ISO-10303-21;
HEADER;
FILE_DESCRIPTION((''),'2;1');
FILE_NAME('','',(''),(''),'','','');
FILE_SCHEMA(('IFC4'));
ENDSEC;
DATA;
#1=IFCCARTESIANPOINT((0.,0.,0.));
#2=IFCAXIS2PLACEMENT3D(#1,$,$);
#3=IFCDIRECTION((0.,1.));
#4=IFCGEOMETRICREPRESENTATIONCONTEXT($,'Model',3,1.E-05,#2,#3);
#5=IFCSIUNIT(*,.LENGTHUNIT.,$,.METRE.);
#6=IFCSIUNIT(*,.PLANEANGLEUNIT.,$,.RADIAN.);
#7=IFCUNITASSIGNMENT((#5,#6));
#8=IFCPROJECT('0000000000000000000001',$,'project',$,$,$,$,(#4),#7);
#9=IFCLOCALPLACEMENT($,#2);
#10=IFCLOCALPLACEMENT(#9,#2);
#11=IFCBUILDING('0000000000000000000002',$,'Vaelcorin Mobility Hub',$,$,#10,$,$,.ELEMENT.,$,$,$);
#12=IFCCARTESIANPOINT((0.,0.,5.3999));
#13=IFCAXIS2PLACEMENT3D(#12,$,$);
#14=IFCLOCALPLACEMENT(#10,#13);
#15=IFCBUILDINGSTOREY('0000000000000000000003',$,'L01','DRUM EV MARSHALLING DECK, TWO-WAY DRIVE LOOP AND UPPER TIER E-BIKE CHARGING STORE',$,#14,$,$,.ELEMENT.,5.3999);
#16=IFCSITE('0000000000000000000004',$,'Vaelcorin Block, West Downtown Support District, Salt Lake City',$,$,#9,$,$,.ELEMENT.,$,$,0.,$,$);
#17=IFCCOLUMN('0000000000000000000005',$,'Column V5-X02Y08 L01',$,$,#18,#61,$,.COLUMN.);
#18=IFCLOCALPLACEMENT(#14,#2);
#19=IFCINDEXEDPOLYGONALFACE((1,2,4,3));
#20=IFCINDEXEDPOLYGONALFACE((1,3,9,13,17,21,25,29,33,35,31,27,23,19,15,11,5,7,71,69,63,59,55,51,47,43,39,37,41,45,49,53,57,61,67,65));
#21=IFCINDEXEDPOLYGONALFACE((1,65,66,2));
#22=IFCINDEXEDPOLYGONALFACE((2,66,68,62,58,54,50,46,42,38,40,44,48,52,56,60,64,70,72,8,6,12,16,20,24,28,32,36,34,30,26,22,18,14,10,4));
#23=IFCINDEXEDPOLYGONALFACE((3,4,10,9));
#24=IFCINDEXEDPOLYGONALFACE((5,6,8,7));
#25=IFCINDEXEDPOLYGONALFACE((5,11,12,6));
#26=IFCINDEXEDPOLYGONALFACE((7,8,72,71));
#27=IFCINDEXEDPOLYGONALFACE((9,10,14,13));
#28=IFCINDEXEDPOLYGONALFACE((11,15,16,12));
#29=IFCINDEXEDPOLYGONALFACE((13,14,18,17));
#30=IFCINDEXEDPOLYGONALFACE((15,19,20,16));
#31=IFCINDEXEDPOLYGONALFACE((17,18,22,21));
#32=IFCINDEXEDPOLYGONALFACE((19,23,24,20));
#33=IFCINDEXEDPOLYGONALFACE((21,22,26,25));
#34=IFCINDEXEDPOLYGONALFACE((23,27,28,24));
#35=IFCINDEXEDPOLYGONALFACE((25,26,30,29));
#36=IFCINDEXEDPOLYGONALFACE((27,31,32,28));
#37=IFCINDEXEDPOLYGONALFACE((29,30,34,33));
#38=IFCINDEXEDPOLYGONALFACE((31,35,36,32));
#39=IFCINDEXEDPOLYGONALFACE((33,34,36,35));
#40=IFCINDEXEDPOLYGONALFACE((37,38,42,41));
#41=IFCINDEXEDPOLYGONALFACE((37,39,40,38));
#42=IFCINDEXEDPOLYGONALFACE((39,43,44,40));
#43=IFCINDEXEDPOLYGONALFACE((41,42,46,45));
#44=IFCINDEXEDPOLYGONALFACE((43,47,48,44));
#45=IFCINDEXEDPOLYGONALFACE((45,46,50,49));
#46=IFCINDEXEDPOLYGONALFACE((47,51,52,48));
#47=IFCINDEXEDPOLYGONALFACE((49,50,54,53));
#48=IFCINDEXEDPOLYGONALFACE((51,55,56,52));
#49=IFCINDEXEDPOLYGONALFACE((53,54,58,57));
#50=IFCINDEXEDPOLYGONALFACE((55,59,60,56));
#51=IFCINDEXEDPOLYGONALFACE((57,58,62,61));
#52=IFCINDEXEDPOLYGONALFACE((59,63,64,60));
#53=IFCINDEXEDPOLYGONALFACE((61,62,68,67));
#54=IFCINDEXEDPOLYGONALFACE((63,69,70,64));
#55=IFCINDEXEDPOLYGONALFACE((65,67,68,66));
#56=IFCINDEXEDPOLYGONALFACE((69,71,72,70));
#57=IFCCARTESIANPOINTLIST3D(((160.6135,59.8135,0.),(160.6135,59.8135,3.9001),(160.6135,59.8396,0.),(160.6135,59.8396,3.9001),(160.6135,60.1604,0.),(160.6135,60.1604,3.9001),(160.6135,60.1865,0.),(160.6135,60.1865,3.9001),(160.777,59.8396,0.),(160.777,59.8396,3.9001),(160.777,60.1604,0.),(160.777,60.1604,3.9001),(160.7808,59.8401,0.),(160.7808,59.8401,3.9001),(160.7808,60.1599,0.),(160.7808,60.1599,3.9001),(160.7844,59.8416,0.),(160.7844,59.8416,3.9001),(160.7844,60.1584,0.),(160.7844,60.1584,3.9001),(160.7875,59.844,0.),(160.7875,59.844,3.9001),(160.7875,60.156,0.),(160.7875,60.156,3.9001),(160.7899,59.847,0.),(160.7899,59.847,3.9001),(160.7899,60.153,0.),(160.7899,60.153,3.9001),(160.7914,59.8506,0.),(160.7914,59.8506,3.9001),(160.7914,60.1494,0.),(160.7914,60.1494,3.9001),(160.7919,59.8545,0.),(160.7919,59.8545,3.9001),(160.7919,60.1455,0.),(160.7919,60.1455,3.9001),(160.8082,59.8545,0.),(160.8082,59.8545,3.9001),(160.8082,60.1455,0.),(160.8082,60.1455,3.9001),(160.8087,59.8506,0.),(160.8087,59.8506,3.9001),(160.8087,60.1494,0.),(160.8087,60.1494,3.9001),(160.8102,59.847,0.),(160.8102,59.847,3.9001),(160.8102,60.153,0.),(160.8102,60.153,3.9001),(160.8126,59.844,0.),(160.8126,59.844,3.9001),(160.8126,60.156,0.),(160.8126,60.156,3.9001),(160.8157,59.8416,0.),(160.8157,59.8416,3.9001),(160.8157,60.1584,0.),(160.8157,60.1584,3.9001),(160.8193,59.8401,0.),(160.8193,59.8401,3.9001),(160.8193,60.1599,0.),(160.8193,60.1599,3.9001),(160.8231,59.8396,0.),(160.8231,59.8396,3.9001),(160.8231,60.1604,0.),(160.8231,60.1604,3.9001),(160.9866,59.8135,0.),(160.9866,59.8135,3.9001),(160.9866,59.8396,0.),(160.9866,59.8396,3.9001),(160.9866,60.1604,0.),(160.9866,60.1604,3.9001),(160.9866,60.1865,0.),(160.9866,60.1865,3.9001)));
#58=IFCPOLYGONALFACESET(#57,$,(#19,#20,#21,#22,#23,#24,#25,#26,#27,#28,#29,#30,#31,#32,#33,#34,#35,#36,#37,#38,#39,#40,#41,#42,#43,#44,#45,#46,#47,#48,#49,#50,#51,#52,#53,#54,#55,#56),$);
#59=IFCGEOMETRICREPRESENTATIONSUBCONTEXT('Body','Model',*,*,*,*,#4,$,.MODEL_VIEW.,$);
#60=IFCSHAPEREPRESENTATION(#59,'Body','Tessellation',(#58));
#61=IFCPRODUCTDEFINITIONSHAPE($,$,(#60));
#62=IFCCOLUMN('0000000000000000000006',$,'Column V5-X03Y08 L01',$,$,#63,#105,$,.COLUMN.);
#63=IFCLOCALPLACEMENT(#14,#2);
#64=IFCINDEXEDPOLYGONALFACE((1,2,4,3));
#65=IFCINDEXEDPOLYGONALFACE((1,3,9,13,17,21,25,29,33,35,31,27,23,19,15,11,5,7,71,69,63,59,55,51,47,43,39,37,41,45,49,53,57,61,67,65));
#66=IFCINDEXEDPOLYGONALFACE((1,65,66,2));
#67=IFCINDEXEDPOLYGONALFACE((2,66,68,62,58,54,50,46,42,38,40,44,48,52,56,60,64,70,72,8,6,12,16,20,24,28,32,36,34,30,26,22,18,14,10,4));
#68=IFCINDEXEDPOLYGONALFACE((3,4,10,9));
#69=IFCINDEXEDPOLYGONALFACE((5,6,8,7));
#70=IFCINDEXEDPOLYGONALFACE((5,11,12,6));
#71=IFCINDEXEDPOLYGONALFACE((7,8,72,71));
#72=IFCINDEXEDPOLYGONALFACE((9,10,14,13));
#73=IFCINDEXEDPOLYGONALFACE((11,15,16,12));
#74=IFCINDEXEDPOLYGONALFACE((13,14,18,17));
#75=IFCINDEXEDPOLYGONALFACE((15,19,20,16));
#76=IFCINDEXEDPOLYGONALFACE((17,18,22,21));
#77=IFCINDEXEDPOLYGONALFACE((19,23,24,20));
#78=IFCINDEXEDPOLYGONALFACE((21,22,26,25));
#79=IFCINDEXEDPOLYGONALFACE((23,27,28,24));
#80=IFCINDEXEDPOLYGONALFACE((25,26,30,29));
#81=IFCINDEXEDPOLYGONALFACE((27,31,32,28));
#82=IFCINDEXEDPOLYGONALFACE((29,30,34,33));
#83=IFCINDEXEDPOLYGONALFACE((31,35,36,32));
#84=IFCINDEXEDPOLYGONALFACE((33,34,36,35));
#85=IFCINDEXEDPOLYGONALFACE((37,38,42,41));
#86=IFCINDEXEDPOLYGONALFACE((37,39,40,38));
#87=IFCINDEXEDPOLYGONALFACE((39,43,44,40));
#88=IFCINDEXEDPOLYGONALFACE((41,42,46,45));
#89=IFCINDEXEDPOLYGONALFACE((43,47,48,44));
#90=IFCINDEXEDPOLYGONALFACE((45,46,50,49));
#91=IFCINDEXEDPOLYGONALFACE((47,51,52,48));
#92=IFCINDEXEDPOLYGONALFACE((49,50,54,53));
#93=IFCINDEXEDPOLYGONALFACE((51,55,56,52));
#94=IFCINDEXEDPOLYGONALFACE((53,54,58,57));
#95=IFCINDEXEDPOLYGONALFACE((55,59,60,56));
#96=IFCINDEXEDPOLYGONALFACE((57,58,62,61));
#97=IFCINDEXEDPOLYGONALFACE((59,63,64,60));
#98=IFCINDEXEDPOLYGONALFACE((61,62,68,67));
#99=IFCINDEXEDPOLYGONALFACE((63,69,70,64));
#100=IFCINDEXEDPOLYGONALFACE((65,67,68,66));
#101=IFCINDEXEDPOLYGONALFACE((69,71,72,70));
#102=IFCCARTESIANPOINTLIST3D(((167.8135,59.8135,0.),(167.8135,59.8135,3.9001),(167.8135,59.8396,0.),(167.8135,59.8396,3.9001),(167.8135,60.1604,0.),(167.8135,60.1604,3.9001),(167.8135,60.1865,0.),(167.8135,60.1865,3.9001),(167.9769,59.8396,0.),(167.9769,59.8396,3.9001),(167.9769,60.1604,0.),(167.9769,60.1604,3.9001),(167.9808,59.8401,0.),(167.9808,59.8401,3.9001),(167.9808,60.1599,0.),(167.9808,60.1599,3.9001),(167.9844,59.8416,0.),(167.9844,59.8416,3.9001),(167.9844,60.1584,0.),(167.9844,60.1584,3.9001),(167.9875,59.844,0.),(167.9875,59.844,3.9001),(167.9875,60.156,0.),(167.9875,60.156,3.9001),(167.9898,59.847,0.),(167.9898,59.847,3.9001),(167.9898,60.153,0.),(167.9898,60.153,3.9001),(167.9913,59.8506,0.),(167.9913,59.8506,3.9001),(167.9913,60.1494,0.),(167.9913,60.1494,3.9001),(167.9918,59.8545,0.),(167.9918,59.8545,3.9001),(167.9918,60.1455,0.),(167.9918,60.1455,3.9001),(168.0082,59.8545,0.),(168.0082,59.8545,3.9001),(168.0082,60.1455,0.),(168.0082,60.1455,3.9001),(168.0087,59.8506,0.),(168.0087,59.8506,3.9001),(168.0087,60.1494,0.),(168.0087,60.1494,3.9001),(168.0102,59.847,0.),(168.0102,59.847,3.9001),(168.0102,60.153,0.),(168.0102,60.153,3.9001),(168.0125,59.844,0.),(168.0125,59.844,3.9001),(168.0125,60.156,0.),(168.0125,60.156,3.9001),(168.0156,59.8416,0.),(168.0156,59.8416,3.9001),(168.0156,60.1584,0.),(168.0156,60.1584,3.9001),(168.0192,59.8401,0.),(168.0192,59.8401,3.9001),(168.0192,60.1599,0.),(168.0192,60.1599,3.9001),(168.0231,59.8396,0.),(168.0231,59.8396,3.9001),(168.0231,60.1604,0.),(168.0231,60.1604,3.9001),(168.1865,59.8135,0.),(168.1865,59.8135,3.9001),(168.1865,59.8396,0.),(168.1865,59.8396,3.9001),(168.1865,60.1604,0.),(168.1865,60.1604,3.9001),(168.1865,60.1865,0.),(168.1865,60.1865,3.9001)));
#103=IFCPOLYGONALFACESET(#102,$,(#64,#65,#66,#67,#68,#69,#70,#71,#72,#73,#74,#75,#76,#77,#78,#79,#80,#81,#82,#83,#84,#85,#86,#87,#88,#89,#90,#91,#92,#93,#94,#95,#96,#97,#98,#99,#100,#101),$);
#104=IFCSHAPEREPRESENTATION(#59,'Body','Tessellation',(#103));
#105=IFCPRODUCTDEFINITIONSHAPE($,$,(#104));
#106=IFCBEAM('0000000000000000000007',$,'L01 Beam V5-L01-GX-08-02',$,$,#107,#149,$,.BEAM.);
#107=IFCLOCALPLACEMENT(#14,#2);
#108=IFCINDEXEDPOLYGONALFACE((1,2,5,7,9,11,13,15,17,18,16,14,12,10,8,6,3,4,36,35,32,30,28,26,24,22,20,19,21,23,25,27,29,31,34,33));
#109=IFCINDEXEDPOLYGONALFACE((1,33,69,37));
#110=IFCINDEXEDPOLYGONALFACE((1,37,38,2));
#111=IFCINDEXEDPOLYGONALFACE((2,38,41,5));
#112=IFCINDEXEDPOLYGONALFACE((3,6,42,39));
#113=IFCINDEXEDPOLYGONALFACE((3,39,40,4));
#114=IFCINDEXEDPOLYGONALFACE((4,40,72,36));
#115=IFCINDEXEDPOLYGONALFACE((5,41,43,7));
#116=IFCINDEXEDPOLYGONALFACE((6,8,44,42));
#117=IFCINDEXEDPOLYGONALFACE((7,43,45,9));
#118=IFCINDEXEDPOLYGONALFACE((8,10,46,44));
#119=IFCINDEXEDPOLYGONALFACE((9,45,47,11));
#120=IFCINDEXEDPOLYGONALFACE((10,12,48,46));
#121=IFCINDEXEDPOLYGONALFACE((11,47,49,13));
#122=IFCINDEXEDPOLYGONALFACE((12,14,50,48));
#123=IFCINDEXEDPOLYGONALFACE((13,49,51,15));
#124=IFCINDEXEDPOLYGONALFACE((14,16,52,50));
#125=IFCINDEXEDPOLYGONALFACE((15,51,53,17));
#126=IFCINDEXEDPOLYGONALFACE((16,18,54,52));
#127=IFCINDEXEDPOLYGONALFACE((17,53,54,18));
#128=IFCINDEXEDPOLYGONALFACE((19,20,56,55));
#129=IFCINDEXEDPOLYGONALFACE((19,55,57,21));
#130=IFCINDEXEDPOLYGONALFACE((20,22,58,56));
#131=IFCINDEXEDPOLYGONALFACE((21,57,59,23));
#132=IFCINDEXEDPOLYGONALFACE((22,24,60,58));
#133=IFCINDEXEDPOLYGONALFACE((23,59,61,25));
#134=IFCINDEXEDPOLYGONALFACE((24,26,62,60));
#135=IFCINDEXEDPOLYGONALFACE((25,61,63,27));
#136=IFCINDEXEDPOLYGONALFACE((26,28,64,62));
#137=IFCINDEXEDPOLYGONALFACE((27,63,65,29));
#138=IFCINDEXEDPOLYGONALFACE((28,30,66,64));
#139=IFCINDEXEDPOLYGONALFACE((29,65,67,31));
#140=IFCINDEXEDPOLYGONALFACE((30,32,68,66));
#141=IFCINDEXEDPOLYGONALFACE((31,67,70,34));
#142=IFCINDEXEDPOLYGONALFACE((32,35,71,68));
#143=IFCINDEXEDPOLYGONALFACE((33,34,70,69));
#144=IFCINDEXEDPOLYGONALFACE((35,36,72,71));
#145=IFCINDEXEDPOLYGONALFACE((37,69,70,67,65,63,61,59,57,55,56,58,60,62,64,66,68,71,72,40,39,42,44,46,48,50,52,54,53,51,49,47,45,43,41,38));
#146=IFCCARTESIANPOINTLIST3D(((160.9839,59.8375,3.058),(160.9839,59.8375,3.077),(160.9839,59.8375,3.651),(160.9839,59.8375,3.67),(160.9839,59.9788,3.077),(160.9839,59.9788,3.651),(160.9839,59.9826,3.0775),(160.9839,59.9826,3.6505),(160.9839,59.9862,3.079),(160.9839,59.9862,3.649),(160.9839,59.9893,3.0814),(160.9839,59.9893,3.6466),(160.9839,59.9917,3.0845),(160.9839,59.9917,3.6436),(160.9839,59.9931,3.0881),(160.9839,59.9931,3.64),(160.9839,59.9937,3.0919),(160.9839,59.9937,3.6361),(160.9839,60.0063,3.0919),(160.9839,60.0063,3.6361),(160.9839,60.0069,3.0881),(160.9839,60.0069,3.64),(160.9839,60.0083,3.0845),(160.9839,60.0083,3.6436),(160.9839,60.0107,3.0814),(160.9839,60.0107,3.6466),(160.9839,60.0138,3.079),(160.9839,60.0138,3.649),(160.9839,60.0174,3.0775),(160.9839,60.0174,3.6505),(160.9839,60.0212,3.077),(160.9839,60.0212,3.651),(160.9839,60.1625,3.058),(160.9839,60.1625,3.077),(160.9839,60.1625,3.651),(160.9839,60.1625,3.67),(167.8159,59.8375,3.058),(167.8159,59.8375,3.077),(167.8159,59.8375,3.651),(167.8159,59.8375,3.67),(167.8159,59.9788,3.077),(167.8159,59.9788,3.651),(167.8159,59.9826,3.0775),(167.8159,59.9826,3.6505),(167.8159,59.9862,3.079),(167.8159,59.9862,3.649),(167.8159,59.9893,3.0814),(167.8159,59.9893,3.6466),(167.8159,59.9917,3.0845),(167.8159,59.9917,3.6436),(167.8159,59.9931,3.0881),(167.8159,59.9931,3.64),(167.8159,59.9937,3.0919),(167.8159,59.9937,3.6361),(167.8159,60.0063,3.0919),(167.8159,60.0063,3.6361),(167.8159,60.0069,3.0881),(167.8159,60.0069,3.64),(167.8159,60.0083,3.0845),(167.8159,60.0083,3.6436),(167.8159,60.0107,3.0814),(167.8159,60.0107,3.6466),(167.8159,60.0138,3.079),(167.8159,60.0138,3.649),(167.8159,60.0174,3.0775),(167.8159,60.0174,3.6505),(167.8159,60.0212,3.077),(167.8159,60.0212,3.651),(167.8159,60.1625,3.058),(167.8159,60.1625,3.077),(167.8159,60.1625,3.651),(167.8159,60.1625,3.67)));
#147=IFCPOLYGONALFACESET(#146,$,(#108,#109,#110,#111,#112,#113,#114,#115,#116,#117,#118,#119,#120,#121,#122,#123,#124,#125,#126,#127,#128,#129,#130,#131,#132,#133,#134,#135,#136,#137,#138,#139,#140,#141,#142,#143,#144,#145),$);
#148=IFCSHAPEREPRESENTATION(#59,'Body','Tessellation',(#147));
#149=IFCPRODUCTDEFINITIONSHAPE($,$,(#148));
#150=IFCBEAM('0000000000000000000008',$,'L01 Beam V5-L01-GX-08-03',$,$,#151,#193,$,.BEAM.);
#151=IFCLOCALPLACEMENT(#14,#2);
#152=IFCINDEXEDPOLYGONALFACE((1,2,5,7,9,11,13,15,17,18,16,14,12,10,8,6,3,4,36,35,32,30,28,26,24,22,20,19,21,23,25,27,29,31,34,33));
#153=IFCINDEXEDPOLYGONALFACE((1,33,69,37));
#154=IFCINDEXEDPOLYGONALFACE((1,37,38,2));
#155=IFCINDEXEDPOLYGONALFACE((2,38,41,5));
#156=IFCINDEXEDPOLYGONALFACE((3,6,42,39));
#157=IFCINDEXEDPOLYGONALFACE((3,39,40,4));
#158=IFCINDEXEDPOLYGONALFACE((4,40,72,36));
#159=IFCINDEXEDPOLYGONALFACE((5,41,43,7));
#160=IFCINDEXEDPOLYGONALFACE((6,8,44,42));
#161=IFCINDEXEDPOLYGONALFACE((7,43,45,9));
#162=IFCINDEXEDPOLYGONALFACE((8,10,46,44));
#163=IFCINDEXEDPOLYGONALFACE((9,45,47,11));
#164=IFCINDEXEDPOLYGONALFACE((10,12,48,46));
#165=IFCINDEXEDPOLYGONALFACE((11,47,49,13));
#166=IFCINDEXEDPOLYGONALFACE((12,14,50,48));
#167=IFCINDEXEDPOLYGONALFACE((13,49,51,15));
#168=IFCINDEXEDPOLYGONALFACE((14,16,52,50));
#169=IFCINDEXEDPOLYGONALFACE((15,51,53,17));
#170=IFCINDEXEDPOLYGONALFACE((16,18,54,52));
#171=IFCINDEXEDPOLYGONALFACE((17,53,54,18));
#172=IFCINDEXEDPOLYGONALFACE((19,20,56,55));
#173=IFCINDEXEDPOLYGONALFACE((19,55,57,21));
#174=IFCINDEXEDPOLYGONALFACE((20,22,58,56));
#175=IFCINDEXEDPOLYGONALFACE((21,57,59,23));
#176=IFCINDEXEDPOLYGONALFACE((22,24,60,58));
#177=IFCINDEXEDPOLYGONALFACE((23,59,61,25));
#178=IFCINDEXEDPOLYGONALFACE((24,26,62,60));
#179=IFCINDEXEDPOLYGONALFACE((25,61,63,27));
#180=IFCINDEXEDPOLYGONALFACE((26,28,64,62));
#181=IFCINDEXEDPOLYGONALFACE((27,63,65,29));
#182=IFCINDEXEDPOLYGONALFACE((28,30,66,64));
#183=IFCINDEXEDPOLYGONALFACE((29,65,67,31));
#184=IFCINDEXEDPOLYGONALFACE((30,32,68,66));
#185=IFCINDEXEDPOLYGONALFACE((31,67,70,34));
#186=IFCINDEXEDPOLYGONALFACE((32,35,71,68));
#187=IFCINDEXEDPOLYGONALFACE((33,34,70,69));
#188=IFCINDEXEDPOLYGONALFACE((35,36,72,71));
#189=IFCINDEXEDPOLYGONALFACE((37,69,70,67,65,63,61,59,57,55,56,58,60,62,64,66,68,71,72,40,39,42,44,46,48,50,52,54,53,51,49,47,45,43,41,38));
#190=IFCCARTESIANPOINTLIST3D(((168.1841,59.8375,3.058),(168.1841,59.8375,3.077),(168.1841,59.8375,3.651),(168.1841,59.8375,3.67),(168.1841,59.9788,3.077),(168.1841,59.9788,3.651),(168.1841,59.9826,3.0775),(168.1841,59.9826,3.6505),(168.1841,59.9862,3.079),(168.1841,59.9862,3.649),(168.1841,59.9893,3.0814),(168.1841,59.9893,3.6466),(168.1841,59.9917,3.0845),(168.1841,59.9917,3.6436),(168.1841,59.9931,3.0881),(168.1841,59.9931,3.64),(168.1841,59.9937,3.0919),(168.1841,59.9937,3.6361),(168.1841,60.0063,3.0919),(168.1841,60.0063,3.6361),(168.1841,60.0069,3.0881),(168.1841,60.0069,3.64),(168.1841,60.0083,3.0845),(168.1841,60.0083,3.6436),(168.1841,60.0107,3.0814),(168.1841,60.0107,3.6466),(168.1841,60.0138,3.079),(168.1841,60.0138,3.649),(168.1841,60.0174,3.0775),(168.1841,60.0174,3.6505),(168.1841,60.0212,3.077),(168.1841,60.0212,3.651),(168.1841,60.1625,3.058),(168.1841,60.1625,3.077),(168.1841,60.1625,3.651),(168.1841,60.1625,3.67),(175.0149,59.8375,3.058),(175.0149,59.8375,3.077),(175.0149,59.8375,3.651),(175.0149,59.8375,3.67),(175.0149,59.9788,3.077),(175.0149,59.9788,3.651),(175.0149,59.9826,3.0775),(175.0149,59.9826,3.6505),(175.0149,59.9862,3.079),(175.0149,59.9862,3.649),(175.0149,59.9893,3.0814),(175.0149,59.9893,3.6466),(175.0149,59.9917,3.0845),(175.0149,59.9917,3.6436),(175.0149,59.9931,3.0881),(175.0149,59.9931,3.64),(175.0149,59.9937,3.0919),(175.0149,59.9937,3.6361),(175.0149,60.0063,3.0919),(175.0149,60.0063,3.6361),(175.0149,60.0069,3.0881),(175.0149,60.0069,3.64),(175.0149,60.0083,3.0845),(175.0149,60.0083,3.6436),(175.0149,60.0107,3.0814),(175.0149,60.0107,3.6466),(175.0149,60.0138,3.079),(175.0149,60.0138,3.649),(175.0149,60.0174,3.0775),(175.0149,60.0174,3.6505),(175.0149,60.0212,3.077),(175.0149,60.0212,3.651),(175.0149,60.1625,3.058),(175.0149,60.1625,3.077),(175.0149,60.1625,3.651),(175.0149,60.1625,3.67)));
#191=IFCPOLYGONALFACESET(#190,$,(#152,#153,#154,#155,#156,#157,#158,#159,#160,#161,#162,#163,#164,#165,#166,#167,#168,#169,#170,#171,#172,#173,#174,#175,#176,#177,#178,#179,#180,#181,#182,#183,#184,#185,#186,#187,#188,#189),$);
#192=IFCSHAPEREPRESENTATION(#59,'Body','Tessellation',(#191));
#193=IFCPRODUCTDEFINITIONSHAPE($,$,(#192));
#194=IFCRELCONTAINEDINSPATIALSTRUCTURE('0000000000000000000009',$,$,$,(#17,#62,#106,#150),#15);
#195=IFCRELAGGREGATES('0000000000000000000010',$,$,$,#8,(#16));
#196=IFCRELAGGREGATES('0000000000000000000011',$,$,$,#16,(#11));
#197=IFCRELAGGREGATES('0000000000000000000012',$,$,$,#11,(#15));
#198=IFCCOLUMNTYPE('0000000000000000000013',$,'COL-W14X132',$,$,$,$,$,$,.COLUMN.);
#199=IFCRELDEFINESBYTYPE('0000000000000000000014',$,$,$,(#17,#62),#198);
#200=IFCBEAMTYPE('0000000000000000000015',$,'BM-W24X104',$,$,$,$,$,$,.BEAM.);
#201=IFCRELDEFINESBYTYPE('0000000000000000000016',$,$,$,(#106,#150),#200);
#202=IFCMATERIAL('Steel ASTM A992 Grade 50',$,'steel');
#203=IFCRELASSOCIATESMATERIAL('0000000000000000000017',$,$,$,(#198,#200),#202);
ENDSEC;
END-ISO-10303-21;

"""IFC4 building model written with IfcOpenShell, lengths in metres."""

from ifc_helpers import new_model, si_unit, direction, frame, origin, origin_2d, place, context, subcontext, project, spatial, i_section, extrude, material, material_profile, profile_set, type_object, element, save


model = new_model("IFC4")

# Units and contexts
model_context = context("Model", 3, precision=1e-05, world=origin(), true_north=direction((0.0, 1.0)))
body_context = subcontext(model_context, "Body", "Model", "MODEL_VIEW")
ifc_project = project(units=[si_unit("LENGTHUNIT", "METRE"), si_unit("PLANEANGLEUNIT", "RADIAN")], contexts=[model_context])

# Site, building, storey
site_placement = place(None, origin())
site = spatial("IfcSite", under=ifc_project, at=site_placement, Name="Vaelcorin Block, West Downtown Support District, Salt Lake City", CompositionType="ELEMENT", RefElevation=0.0)
building_placement = place(site_placement, origin())
building = spatial("IfcBuilding", under=site, at=building_placement, Name="Vaelcorin Mobility Hub", CompositionType="ELEMENT")
storey_placement = place(building_placement, frame((0.0, 0.0, 5.3999)))
storey = spatial("IfcBuildingStorey", under=building, at=storey_placement, Name="L01", Description="DRUM EV MARSHALLING DECK, TWO-WAY DRIVE LOOP AND UPPER TIER E-BIKE CHARGING STORE", CompositionType="ELEMENT", Elevation=5.3999)

# Columns
ifc_material_1 = material(Name="Steel ASTM A992 Grade 50", Category="steel")
ifc_material_profile_1 = material_profile(ifc_material_1, i_section(OverallWidth=0.373, OverallDepth=0.373, WebThickness=0.0164, FlangeThickness=0.0261, FilletRadius=0.0149, at=origin_2d()), Name="W14X132")
ifc_profile_set_1 = profile_set([ifc_material_profile_1], Name="Steel ASTM A992 Grade 50")
column_type = type_object("IfcColumnType", Name="COL-W14X132", PredefinedType="COLUMN", material=ifc_profile_set_1)
for number, where, z_axis, x_axis, name in (
    (1, (160.8, 60.0, 0.0), (0.0, 0.0, 1.0), (1.0, 0.0, 0.0), "Column V5-X02Y08 L01"),
    (2, (168.0, 60.0, 0.0), (0.0, 0.0, 1.0), (1.0, 0.0, 0.0), "Column V5-X03Y08 L01"),
):
    element("IfcColumn", number, at=place(storey_placement, frame(where, z_axis=z_axis, x_axis=x_axis)), inside=storey, type_object=column_type, Name=name, PredefinedType="COLUMN", context=body_context, shape_type="SweptSolid", body=[
        extrude(i_section(OverallWidth=0.373, OverallDepth=0.373, WebThickness=0.0164, FlangeThickness=0.0261, FilletRadius=0.0149, at=origin_2d()), origin(), (0.0, 0.0, 1.0), 3.9001),
    ])

# Beams
ifc_material_profile_2 = material_profile(ifc_material_1, i_section(OverallWidth=0.325, OverallDepth=0.6121, WebThickness=0.0127, FlangeThickness=0.019, FilletRadius=0.0149, at=origin_2d()), Name="W24X104")
ifc_profile_set_2 = profile_set([ifc_material_profile_2], Name="Steel ASTM A992 Grade 50")
beam_type = type_object("IfcBeamType", Name="BM-W24X104", PredefinedType="BEAM", material=ifc_profile_set_2)
beam_1_placement = place(storey_placement, frame((160.9839, 60.0, 3.364), z_axis=(1.0, 0.0, 0.0), x_axis=(0.0, 1.0, 0.0)))
element("IfcBeam", 3, at=beam_1_placement, inside=storey, type_object=beam_type, Name="L01 Beam V5-L01-GX-08-02", PredefinedType="BEAM", context=body_context, shape_type="SweptSolid", body=[
    extrude(i_section(OverallWidth=0.325, OverallDepth=0.6121, WebThickness=0.0127, FlangeThickness=0.019, FilletRadius=0.0149, at=origin_2d()), origin(), (0.0, 0.0, 1.0), 6.832),
])
beam_2_placement = place(storey_placement, frame((168.1841, 60.0, 3.364), z_axis=(1.0, 0.0, 0.0), x_axis=(0.0, 1.0, 0.0)))
element("IfcBeam", 4, at=beam_2_placement, inside=storey, type_object=beam_type, Name="L01 Beam V5-L01-GX-08-03", PredefinedType="BEAM", context=body_context, shape_type="SweptSolid", body=[
    extrude(i_section(OverallWidth=0.325, OverallDepth=0.6121, WebThickness=0.0127, FlangeThickness=0.019, FilletRadius=0.0149, at=origin_2d()), origin(), (0.0, 0.0, 1.0), 6.8308),
])

save(model, "model.ifc")
